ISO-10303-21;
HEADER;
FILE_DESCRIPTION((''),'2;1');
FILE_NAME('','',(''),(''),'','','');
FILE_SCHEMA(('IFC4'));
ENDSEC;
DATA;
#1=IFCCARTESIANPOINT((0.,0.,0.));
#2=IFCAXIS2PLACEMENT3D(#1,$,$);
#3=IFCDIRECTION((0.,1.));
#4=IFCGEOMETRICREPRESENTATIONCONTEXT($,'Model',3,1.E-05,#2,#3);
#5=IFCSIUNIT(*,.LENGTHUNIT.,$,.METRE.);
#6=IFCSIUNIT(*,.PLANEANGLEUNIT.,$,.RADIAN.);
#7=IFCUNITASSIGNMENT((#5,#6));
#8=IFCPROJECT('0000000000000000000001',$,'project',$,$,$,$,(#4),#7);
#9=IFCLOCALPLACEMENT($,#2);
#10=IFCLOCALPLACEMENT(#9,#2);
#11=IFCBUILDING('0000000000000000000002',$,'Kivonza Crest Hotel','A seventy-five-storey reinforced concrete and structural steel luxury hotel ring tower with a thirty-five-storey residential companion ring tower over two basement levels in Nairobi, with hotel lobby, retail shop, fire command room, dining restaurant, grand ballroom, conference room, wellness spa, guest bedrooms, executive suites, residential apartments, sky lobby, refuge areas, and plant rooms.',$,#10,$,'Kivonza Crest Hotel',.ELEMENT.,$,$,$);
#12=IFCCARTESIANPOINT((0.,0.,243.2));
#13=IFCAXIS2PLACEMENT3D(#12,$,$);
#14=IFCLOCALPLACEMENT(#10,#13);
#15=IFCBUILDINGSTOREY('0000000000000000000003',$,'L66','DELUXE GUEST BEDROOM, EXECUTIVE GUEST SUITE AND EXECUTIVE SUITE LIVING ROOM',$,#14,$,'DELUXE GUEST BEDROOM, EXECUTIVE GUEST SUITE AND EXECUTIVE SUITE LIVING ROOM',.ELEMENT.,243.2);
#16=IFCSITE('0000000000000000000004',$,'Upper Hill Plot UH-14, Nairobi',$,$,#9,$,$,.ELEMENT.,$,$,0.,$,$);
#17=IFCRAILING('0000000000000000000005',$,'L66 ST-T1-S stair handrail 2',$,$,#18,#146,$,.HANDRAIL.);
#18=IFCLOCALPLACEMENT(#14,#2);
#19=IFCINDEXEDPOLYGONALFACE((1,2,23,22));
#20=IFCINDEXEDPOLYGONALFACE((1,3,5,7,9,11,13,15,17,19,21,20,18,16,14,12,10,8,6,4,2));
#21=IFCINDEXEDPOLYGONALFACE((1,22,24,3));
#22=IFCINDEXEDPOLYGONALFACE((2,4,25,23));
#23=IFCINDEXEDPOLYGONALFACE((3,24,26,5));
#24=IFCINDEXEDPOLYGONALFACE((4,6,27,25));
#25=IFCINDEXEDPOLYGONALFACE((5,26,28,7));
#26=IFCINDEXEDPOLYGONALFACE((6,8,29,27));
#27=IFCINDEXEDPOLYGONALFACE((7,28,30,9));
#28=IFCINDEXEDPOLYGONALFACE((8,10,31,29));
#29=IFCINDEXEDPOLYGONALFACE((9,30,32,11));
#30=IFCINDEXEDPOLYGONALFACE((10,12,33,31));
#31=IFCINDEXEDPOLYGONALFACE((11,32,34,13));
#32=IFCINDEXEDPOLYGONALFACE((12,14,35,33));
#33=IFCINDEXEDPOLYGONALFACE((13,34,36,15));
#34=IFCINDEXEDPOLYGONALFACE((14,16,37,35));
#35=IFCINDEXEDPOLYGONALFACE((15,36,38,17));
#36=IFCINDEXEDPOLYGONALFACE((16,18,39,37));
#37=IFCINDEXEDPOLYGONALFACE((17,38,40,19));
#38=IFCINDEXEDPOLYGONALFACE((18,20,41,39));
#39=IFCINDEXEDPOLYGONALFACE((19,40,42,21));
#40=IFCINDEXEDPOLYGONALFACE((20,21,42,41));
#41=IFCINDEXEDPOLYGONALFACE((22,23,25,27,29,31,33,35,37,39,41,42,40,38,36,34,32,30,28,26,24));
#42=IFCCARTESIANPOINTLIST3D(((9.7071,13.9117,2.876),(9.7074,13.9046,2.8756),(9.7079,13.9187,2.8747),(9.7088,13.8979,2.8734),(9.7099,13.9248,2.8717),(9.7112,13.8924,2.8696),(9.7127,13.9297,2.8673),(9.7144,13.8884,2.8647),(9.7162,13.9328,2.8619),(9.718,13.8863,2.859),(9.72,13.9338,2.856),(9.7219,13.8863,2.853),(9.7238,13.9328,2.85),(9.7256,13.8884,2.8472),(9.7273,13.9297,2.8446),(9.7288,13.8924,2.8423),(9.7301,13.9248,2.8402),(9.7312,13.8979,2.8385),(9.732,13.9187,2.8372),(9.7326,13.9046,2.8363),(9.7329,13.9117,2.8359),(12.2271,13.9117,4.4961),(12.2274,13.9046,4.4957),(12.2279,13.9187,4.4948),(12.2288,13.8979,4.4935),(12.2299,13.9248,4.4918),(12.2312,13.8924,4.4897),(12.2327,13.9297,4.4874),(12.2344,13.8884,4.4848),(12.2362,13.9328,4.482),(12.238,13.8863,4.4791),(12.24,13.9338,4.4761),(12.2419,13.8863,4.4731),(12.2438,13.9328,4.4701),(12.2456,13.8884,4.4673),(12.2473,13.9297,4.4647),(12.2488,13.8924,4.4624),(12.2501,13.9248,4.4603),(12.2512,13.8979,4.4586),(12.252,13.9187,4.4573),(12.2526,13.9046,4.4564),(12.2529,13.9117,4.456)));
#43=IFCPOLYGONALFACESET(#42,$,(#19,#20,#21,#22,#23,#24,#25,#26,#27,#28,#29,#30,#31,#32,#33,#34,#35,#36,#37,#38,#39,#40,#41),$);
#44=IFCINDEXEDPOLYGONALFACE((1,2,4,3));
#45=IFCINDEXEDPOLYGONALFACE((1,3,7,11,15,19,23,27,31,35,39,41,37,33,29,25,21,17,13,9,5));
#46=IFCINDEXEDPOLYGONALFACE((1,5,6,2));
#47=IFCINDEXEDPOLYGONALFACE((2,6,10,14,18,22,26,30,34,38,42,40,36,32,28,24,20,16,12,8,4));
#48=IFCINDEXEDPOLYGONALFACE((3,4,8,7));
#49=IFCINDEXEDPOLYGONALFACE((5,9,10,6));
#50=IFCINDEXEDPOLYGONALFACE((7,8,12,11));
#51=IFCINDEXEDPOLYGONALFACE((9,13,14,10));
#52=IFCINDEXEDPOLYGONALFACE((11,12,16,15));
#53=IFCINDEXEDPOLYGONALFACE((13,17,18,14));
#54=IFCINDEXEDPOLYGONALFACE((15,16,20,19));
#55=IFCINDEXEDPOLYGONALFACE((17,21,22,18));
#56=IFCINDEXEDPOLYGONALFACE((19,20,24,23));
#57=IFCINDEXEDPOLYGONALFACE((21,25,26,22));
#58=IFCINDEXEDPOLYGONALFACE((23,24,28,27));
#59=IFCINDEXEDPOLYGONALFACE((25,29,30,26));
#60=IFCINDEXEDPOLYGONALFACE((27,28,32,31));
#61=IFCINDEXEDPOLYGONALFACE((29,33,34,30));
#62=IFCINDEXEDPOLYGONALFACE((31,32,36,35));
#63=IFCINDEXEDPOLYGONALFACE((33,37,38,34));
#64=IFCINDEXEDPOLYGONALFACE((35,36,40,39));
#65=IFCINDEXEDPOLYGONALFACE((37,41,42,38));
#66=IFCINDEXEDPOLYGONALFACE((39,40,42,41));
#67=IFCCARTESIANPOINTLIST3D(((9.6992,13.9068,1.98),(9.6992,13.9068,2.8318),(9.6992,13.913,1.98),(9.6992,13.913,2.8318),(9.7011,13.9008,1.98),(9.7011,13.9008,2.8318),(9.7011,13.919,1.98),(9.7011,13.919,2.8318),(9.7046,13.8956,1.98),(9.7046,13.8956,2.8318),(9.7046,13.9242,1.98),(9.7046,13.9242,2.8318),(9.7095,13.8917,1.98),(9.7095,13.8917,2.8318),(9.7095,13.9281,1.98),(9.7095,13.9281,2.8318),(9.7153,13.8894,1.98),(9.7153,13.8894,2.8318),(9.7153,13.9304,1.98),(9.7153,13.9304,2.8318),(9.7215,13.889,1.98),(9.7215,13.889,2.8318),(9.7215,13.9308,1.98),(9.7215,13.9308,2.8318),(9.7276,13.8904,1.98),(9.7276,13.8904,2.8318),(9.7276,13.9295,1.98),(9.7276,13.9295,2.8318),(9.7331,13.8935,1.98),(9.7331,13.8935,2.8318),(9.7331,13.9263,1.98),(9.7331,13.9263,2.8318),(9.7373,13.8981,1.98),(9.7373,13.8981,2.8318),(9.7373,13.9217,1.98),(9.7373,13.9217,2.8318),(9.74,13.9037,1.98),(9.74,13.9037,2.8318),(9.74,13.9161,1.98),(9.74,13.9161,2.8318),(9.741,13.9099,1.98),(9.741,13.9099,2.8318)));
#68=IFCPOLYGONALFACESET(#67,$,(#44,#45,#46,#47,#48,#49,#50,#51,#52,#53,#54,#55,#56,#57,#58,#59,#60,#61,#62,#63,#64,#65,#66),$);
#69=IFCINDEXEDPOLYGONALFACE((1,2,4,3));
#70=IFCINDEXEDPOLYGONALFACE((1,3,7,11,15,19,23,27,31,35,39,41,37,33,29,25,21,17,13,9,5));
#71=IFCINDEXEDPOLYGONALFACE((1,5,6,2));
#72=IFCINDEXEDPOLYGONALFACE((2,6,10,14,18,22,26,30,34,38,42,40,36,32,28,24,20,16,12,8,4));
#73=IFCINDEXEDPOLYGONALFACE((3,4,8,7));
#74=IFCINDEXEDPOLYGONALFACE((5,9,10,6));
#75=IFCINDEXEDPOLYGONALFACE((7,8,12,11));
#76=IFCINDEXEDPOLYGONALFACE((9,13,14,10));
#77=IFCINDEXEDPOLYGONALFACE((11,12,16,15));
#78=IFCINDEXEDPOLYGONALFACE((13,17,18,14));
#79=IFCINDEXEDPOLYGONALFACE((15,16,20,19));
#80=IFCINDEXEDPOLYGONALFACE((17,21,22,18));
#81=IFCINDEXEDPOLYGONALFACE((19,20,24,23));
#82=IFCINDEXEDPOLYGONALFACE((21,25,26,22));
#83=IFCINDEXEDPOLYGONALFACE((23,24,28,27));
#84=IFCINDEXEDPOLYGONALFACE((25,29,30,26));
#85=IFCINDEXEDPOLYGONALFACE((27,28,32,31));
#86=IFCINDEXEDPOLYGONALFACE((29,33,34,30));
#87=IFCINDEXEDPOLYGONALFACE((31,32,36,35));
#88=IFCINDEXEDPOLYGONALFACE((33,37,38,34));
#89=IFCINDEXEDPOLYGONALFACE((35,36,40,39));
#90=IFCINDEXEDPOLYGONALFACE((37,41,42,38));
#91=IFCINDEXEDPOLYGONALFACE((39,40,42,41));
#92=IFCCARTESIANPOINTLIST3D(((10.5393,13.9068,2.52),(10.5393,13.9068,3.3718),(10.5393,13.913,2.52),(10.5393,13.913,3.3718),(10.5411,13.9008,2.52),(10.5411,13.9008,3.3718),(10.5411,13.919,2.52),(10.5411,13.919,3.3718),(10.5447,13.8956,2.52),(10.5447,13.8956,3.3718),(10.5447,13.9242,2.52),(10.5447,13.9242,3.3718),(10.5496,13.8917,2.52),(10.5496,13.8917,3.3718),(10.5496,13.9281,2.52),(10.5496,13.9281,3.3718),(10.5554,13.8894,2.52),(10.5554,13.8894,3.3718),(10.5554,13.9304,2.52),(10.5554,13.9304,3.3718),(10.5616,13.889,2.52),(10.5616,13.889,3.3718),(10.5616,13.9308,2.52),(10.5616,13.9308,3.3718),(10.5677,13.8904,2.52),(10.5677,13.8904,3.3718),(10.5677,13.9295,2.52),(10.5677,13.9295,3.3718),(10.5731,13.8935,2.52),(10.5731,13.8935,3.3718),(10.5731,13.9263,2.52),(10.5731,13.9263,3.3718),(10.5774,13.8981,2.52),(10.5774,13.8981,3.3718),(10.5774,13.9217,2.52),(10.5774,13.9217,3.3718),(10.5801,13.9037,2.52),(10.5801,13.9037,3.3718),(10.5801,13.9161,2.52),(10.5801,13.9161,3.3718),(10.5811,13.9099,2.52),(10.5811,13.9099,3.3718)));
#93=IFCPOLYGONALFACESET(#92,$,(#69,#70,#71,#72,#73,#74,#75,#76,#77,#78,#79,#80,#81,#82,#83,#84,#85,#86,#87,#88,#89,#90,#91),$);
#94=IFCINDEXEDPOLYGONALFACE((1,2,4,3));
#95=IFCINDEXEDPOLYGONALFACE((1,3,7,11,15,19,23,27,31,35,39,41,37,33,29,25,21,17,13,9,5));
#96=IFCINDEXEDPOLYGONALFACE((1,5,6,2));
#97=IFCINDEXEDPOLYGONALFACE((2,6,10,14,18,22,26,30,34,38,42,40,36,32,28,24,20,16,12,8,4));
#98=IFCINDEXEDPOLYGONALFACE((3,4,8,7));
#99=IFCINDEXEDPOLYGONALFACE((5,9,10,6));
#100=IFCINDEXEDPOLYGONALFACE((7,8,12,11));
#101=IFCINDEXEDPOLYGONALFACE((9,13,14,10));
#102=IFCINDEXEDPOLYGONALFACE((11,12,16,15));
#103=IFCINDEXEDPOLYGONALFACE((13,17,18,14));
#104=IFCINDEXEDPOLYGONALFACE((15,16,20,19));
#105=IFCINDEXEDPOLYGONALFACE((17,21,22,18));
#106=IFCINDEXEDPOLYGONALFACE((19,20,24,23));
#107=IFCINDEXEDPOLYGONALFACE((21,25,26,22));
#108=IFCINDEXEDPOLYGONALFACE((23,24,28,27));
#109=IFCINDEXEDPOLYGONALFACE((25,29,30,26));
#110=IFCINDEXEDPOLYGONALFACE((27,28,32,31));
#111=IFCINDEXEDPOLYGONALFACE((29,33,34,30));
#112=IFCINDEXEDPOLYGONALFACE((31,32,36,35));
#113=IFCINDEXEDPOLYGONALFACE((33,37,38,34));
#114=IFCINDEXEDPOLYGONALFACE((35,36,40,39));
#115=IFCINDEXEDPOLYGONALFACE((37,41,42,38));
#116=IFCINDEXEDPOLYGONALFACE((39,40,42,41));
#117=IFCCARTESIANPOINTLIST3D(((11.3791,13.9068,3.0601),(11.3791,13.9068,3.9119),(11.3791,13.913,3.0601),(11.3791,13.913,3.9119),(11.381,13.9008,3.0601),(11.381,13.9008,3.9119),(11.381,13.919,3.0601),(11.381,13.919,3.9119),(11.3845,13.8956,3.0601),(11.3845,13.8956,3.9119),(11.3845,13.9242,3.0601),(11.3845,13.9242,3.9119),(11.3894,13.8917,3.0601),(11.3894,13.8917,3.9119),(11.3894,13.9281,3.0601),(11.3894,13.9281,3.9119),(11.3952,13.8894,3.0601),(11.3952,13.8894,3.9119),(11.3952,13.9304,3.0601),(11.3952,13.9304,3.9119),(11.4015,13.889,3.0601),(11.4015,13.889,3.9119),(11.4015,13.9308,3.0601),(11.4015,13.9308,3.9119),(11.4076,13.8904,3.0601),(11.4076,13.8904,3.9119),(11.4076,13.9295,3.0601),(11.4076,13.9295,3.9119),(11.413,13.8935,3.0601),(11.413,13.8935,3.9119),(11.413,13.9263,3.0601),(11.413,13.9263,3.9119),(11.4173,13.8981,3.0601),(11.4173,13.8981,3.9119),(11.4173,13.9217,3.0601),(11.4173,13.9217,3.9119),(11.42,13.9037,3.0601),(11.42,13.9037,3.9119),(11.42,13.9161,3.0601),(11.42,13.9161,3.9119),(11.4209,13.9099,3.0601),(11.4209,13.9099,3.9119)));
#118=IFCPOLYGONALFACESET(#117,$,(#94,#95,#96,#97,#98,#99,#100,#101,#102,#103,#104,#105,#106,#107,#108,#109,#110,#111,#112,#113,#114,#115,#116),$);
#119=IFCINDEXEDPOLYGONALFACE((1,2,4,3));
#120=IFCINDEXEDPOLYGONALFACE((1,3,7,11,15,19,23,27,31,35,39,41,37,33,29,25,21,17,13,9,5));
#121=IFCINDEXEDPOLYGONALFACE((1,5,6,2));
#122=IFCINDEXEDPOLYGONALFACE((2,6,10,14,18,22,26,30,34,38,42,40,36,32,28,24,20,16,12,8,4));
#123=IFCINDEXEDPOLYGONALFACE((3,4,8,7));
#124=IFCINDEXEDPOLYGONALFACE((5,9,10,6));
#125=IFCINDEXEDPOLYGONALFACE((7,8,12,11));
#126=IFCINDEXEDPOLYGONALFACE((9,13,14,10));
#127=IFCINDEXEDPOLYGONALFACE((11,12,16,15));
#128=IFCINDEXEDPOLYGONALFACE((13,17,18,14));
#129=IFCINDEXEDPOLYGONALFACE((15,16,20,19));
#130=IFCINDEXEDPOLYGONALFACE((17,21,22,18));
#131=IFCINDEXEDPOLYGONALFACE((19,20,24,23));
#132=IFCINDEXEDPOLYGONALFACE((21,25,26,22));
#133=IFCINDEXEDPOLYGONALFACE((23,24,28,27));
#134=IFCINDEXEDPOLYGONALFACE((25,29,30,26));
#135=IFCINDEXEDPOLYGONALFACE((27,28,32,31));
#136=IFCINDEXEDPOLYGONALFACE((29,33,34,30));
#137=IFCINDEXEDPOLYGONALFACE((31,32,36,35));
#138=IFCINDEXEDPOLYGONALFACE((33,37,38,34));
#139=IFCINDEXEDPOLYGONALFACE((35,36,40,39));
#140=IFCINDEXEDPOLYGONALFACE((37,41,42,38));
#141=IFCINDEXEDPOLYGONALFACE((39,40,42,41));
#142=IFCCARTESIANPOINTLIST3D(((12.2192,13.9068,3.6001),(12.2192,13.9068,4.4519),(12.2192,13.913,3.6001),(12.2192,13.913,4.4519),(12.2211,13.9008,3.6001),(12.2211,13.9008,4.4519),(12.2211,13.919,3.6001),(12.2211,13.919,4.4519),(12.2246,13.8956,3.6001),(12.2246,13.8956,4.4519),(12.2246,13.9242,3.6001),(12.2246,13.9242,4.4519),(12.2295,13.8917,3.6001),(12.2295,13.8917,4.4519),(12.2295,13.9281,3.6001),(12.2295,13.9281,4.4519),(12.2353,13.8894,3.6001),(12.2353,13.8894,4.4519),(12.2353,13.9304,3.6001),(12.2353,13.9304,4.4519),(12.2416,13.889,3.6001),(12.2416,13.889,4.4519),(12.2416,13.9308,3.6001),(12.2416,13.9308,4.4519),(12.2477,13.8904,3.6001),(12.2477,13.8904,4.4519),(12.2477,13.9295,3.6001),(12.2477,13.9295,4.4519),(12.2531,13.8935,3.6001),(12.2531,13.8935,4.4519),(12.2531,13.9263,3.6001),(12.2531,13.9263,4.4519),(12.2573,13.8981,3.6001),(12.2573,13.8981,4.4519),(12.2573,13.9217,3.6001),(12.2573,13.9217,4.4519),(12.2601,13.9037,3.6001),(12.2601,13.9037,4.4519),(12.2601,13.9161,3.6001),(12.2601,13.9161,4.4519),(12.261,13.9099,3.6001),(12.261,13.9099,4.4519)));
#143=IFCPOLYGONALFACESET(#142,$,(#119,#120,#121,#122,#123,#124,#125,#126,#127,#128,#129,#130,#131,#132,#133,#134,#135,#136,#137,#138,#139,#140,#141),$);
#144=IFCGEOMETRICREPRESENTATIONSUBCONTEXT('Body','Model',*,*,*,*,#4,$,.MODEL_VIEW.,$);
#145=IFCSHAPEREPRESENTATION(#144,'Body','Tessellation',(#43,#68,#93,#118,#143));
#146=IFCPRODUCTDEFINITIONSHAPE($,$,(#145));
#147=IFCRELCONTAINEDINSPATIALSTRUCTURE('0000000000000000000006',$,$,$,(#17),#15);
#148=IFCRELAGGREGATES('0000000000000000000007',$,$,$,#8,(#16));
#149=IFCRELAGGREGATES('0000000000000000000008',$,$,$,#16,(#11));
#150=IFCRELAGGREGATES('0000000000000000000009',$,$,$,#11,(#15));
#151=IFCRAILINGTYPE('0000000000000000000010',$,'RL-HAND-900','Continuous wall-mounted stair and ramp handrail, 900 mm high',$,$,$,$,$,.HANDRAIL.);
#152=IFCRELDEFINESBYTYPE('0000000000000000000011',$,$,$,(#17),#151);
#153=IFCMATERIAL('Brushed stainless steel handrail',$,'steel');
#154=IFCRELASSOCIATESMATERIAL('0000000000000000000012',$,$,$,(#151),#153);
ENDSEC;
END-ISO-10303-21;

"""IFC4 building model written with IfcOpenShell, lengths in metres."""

from ifc_helpers import new_model, si_unit, direction, frame, origin, origin_2d, place, context, subcontext, project, spatial, circle, extrude, material, type_object, element, save


model = new_model("IFC4")

# Units and contexts
model_context = context("Model", 3, precision=1e-05, world=origin(), true_north=direction((0.0, 1.0)))
body_context = subcontext(model_context, "Body", "Model", "MODEL_VIEW")
ifc_project = project(units=[si_unit("LENGTHUNIT", "METRE"), si_unit("PLANEANGLEUNIT", "RADIAN")], contexts=[model_context])

# Site, building, storey
site_placement = place(None, origin())
site = spatial("IfcSite", under=ifc_project, at=site_placement, Name="Upper Hill Plot UH-14, Nairobi", CompositionType="ELEMENT", RefElevation=0.0)
building_placement = place(site_placement, origin())
building = spatial("IfcBuilding", under=site, at=building_placement, Name="Kivonza Crest Hotel", Description="A seventy-five-storey reinforced concrete and structural steel luxury hotel ring tower with a thirty-five-storey residential companion ring tower over two basement levels in Nairobi, with hotel lobby, retail shop, fire command room, dining restaurant, grand ballroom, conference room, wellness spa, guest bedrooms, executive suites, residential apartments, sky lobby, refuge areas, and plant rooms.", LongName="Kivonza Crest Hotel", CompositionType="ELEMENT")
storey_placement = place(building_placement, frame((0.0, 0.0, 243.2)))
storey = spatial("IfcBuildingStorey", under=building, at=storey_placement, Name="L66", Description="DELUXE GUEST BEDROOM, EXECUTIVE GUEST SUITE AND EXECUTIVE SUITE LIVING ROOM", LongName="DELUXE GUEST BEDROOM, EXECUTIVE GUEST SUITE AND EXECUTIVE SUITE LIVING ROOM", CompositionType="ELEMENT", Elevation=243.2)

# Railing
ifc_material_1 = material(Name="Brushed stainless steel handrail", Category="steel")
railing_type_1 = type_object("IfcRailingType", Name="RL-HAND-900", Description="Continuous wall-mounted stair and ramp handrail, 900 mm high", PredefinedType="HANDRAIL", material=ifc_material_1)
railing_1_placement = place(storey_placement, frame((9.72, 13.9099, 1.98)))
element("IfcRailing", 1, at=railing_1_placement, inside=storey, type_object=railing_type_1, Name="L66 ST-T1-S stair handrail 2", PredefinedType="HANDRAIL", context=body_context, shape_type="SweptSolid", body=[
    extrude(circle(Radius=0.0239, at=origin_2d()), frame((0.0, 0.0, 0.876), z_axis=(0.841163, 0.0, 0.540782), x_axis=(0.0, 1.0, 0.0)), (0.0, 0.0, 1.0), 2.9958),
    extrude(circle(Radius=0.021, at=origin_2d()), origin(), (0.0, 0.0, 1.0), 0.8518),
    extrude(circle(Radius=0.021, at=origin_2d()), frame((0.8401, 0.0, 0.54)), (0.0, 0.0, 1.0), 0.8518),
    extrude(circle(Radius=0.021, at=origin_2d()), frame((1.6799, 0.0, 1.0801)), (0.0, 0.0, 1.0), 0.8518),
    extrude(circle(Radius=0.021, at=origin_2d()), frame((2.52, 0.0, 1.6201)), (0.0, 0.0, 1.0), 0.8518),
])

save(model, "model.ifc")
